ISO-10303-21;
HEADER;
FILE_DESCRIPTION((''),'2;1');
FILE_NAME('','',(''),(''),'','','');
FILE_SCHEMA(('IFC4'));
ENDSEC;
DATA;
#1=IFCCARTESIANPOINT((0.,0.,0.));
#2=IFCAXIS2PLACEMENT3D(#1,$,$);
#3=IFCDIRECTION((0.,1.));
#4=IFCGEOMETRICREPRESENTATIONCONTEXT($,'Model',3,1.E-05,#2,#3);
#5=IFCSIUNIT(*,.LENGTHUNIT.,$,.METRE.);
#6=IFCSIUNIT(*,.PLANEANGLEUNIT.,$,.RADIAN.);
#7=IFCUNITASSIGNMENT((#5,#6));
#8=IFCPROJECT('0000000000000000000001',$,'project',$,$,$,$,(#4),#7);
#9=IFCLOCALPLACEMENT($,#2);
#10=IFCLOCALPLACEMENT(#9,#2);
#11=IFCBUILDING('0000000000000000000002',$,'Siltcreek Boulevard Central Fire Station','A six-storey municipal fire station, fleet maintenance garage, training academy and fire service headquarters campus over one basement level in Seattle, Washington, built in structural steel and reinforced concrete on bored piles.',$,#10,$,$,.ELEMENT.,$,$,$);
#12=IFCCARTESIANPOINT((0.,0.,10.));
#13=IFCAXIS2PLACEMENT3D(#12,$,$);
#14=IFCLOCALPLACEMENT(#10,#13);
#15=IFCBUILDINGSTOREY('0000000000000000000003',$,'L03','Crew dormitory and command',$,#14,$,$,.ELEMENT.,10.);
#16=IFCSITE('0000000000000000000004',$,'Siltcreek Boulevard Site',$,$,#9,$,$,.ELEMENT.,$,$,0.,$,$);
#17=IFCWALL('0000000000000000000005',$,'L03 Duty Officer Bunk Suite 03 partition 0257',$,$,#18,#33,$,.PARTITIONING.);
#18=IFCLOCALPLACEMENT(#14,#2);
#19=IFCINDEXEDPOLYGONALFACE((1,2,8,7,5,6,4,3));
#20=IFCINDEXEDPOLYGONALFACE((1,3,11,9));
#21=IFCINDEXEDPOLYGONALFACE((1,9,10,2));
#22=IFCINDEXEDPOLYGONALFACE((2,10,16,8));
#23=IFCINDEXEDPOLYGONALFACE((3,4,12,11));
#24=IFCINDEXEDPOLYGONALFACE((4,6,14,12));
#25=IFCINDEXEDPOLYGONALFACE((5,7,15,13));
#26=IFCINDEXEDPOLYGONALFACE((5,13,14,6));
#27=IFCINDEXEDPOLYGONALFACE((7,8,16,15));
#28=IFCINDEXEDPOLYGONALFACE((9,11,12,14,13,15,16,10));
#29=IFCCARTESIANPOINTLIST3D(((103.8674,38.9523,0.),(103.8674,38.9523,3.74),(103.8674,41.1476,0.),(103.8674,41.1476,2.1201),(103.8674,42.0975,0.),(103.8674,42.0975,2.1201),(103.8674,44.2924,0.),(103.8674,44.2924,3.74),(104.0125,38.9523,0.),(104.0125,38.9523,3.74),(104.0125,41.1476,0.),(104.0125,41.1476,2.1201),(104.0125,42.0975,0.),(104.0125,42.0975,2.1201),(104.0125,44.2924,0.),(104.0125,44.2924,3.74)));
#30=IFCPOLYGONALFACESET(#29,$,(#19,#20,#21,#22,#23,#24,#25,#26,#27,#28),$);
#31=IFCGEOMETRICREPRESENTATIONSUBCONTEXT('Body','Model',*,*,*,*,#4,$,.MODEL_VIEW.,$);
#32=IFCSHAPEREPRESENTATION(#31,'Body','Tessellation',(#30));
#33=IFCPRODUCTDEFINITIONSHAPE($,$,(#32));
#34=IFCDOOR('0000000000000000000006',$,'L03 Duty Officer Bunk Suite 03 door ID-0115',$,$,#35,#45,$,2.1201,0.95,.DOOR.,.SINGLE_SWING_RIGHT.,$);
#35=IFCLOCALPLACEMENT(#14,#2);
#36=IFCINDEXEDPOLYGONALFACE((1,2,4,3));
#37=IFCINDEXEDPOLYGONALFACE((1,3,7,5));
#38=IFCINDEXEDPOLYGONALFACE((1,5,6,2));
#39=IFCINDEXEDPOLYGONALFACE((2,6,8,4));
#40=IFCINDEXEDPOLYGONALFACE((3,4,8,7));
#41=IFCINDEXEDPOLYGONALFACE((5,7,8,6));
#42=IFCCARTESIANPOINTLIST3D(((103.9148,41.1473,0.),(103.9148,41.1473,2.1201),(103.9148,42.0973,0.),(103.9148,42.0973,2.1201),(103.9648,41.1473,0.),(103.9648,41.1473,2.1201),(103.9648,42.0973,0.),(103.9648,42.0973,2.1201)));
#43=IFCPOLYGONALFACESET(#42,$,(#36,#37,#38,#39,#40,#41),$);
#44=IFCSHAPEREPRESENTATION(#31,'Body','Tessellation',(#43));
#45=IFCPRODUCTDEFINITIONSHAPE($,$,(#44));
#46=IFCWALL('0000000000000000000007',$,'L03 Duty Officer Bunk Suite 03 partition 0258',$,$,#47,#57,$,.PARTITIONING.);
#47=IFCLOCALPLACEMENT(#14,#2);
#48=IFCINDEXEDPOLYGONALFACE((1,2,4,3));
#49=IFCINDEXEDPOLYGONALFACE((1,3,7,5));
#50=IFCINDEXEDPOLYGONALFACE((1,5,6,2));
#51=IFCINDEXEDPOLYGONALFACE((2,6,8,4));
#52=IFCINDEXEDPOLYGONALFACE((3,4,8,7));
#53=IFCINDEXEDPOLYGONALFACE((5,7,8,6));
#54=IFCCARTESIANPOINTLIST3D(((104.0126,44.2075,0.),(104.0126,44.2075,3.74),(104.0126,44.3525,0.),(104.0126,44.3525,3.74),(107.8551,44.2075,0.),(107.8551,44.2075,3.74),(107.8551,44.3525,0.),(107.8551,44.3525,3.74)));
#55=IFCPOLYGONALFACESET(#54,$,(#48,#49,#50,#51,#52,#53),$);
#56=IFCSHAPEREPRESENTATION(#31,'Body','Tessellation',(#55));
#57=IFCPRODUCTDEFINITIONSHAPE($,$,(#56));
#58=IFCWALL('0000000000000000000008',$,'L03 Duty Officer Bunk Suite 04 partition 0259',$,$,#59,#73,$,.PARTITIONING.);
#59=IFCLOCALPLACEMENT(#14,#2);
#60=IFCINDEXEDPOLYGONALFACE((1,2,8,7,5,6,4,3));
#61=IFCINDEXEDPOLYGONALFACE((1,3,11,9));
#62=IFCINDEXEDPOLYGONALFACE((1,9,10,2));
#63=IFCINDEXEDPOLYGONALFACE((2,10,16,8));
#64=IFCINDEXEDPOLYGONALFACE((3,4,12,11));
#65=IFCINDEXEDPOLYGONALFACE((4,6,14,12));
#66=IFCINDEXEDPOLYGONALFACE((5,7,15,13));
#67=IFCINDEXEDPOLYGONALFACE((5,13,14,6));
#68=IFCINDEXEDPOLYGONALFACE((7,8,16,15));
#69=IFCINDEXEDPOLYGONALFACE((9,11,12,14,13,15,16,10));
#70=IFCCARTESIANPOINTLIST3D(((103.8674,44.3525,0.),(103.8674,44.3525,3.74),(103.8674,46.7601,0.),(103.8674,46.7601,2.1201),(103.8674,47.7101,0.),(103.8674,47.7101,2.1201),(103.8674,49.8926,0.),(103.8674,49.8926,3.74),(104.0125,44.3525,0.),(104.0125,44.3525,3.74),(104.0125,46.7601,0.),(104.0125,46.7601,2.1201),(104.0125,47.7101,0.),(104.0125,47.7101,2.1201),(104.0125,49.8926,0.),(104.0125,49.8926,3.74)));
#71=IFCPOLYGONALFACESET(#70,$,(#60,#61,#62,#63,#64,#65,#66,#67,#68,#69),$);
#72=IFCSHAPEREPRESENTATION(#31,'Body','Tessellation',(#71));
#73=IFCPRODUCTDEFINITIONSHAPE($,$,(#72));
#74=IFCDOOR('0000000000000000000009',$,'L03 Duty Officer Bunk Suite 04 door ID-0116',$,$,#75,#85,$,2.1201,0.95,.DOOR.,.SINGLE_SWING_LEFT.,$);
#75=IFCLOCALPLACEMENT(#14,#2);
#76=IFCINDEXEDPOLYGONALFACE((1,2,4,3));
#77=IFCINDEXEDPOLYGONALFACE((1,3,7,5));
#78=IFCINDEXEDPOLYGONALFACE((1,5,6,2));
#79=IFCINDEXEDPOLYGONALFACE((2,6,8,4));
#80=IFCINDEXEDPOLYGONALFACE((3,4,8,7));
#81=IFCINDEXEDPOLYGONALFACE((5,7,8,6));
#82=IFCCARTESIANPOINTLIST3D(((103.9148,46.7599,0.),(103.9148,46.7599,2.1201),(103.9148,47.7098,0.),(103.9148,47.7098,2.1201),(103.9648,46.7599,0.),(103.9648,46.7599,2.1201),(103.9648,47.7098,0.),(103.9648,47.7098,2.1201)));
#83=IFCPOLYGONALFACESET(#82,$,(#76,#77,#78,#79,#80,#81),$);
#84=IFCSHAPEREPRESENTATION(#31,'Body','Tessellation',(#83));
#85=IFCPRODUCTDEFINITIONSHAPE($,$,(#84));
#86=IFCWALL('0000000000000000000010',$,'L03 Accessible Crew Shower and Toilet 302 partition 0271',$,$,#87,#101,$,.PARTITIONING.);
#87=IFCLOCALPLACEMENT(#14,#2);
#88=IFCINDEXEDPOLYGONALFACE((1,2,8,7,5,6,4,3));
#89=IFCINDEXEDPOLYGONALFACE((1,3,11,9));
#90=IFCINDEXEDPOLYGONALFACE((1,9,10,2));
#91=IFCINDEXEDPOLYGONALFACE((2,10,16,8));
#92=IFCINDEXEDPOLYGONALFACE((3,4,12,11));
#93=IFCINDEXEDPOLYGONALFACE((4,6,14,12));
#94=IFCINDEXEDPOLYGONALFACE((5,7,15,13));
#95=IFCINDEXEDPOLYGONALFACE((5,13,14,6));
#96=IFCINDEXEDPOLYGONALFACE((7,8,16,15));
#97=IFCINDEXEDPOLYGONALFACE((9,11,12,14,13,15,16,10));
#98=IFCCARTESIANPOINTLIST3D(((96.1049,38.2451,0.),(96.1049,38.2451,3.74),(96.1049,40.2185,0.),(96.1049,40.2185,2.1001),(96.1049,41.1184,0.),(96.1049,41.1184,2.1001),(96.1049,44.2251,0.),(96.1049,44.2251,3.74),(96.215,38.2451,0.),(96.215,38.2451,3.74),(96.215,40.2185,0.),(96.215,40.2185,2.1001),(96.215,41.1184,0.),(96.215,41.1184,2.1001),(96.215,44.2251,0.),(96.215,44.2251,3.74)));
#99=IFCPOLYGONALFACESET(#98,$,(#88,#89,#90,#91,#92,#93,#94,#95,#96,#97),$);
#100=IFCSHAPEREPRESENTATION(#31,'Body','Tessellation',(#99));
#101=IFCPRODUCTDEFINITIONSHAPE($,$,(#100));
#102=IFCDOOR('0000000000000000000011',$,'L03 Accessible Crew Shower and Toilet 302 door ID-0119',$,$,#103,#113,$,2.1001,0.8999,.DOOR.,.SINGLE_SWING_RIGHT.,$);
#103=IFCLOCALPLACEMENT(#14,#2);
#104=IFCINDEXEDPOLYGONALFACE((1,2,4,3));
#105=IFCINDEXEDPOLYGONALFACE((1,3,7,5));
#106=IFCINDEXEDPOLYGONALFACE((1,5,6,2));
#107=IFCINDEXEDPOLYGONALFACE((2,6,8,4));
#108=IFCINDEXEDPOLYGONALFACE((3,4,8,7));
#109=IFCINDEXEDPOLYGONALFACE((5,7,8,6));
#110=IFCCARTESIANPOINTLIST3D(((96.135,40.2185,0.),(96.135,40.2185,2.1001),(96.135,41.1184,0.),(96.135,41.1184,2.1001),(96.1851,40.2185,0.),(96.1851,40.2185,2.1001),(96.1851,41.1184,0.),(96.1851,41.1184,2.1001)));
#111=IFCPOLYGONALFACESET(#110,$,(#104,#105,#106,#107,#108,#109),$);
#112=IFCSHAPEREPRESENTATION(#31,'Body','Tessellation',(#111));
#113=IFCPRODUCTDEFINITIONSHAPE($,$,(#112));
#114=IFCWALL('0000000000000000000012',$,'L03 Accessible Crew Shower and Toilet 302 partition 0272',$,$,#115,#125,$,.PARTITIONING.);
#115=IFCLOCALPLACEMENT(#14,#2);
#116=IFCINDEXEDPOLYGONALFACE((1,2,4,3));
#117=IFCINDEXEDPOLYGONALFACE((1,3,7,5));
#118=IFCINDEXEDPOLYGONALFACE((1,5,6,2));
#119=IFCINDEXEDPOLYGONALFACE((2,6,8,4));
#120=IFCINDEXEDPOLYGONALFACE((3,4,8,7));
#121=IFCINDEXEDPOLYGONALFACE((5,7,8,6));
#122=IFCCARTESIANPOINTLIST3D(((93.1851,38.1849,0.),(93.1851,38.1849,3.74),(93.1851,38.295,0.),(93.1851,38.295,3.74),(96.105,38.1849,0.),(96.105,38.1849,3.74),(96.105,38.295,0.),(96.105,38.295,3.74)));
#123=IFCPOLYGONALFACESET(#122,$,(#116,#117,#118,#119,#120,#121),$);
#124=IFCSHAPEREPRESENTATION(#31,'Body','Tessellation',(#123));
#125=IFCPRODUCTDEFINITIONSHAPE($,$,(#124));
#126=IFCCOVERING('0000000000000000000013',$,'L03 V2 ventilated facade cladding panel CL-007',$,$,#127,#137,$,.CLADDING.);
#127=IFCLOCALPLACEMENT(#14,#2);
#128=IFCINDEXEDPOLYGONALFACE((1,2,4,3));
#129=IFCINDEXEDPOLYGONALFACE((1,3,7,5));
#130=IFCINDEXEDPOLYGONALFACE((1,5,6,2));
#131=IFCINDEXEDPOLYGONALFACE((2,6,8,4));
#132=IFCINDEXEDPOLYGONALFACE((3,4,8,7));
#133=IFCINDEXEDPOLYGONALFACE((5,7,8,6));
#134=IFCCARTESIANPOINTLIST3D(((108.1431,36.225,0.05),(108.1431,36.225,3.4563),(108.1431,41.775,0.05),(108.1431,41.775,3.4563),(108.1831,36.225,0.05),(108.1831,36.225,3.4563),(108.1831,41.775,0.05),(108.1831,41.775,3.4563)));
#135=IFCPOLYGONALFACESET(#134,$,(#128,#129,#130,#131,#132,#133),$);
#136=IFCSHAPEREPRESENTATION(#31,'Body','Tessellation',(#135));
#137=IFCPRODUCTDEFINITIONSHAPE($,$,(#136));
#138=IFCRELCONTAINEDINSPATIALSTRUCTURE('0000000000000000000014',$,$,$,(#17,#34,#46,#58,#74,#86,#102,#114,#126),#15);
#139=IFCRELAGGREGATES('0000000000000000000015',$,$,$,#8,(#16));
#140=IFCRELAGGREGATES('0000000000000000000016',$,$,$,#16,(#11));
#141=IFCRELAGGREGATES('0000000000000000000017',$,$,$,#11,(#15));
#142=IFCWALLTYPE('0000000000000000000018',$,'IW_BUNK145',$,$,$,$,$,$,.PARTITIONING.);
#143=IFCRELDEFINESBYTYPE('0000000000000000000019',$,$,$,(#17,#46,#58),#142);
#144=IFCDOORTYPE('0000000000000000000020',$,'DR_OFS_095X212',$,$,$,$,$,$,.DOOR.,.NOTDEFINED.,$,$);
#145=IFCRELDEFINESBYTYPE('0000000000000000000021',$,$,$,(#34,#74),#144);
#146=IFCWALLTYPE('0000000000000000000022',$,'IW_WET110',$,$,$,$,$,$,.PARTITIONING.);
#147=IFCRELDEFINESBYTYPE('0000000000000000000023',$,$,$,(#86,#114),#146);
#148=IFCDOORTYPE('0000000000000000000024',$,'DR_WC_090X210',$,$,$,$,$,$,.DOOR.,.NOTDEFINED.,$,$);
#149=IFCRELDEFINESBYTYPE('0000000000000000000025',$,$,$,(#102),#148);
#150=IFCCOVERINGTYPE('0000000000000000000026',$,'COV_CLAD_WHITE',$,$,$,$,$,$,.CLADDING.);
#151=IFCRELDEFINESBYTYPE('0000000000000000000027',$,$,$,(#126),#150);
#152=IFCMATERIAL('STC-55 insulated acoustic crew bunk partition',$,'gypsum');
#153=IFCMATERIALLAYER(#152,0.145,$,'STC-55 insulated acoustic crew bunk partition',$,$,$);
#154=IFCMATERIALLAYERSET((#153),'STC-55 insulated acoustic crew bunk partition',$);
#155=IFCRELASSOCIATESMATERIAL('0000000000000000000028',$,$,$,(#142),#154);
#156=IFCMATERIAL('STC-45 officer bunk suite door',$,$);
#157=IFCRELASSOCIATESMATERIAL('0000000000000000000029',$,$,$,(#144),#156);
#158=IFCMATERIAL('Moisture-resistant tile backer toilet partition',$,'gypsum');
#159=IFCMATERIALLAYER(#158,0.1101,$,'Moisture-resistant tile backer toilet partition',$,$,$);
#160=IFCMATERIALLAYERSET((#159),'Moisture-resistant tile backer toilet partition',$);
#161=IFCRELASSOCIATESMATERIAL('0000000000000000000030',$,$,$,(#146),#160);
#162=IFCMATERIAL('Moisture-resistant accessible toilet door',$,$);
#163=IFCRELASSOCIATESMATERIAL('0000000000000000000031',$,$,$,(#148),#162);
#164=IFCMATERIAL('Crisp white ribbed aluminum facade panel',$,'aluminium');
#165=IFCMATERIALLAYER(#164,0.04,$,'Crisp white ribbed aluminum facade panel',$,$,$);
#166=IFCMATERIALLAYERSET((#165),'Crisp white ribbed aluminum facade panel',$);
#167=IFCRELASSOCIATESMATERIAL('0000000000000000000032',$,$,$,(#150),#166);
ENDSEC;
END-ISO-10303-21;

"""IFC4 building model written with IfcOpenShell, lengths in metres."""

from ifc_helpers import new_model, si_unit, direction, frame, frame_2d, origin, origin_2d, place, context, subcontext, project, spatial, rectangle, extrude, material, layer, layer_set, type_object, element, fill, save


model = new_model("IFC4")

# Units and contexts
model_context = context("Model", 3, precision=1e-05, world=origin(), true_north=direction((0.0, 1.0)))
body_context = subcontext(model_context, "Body", "Model", "MODEL_VIEW")
ifc_project = project(units=[si_unit("LENGTHUNIT", "METRE"), si_unit("PLANEANGLEUNIT", "RADIAN")], contexts=[model_context])

# Site, building, storey
site_placement = place(None, origin())
site = spatial("IfcSite", under=ifc_project, at=site_placement, Name="Siltcreek Boulevard Site", CompositionType="ELEMENT", RefElevation=0.0)
building_placement = place(site_placement, origin())
building = spatial("IfcBuilding", under=site, at=building_placement, Name="Siltcreek Boulevard Central Fire Station", Description="A six-storey municipal fire station, fleet maintenance garage, training academy and fire service headquarters campus over one basement level in Seattle, Washington, built in structural steel and reinforced concrete on bored piles.", CompositionType="ELEMENT")
storey_placement = place(building_placement, frame((0.0, 0.0, 10.0)))
storey = spatial("IfcBuildingStorey", under=building, at=storey_placement, Name="L03", Description="Crew dormitory and command", CompositionType="ELEMENT", Elevation=10.0)

# Shared definitions
ifc_material_1 = material(Name="STC-55 insulated acoustic crew bunk partition", Category="gypsum")
ifc_layer_1 = layer(ifc_material_1, 0.145, Name="STC-55 insulated acoustic crew bunk partition")
ifc_layer_set_1 = layer_set([ifc_layer_1], Name="STC-55 insulated acoustic crew bunk partition")
wall_type_1 = type_object("IfcWallType", Name="IW_BUNK145", PredefinedType="PARTITIONING", material=ifc_layer_set_1)

# Wall, opening, door
wall_1_placement = place(storey_placement, frame((103.9399, 38.9524, 0.0), z_axis=(0.0, 0.0, 1.0), x_axis=(0.0, 1.0, 0.0)))
wall_1 = element("IfcWall", 1, at=wall_1_placement, inside=storey, type_object=wall_type_1, Name="L03 Duty Officer Bunk Suite 03 partition 0257", PredefinedType="PARTITIONING", context=body_context, shape_type="SweptSolid", body=[
    extrude(rectangle(XDim=5.3401, YDim=0.145, at=frame_2d((2.6699, 0.0))), origin(), (0.0, 0.0, 1.0), 3.74),
])
opening_1_placement = place(wall_1_placement, frame((2.1951, 0.0, 0.0)))
opening_1 = element("IfcOpeningElement", 2, at=opening_1_placement, cuts=wall_1, PredefinedType="OPENING", context=body_context, shape_type="SweptSolid", body=[
    extrude(rectangle(XDim=0.95, YDim=2.1201, at=frame_2d((0.4751, 1.0601))), frame((0.0, 0.0825, 0.0), z_axis=(0.0, -1.0, 0.0), x_axis=(1.0, 0.0, 0.0)), (0.0, 0.0, 1.0), 0.165),
])
ifc_material_2 = material(Name="STC-45 officer bunk suite door")
door_type_1 = type_object("IfcDoorType", Name="DR_OFS_095X212", OperationType="NOTDEFINED", PredefinedType="DOOR", material=ifc_material_2)
door_1_placement = place(opening_1_placement, frame((0.95, 0.0, 0.0), z_axis=(0.0, 0.0, 1.0), x_axis=(-1.0, 0.0, 0.0)))
door_1 = element("IfcDoor", 3, at=door_1_placement, inside=storey, type_object=door_type_1, Name="L03 Duty Officer Bunk Suite 03 door ID-0115", OperationType="SINGLE_SWING_RIGHT", OverallHeight=2.1201, OverallWidth=0.95, PredefinedType="DOOR", context=body_context, shape_type="SweptSolid", body=[
    extrude(rectangle(XDim=0.95, YDim=2.1201, at=frame_2d((0.4751, 1.0601))), frame((0.0, 0.0249, 0.0), z_axis=(0.0, -1.0, 0.0), x_axis=(1.0, 0.0, 0.0)), (0.0, 0.0, 1.0), 0.05),
])
fill(opening_1, door_1)

# Wall
wall_2_placement = place(storey_placement, frame((104.0125, 44.28, 0.0), z_axis=(0.0, 0.0, 1.0), x_axis=(1.0, 0.0, 0.0)))
element("IfcWall", 4, at=wall_2_placement, inside=storey, type_object=wall_type_1, Name="L03 Duty Officer Bunk Suite 03 partition 0258", PredefinedType="PARTITIONING", context=body_context, shape_type="SweptSolid", body=[
    extrude(rectangle(XDim=3.8425, YDim=0.145, at=frame_2d((1.9214, 0.0))), origin(), (0.0, 0.0, 1.0), 3.74),
])

# Walls, openings, doors
wall_3_placement = place(storey_placement, frame((103.9399, 44.3525, 0.0), z_axis=(0.0, 0.0, 1.0), x_axis=(0.0, 1.0, 0.0)))
wall_3 = element("IfcWall", 5, at=wall_3_placement, inside=storey, type_object=wall_type_1, Name="L03 Duty Officer Bunk Suite 04 partition 0259", PredefinedType="PARTITIONING", context=body_context, shape_type="SweptSolid", body=[
    extrude(rectangle(XDim=5.54, YDim=0.145, at=frame_2d((2.77, 0.0))), origin(), (0.0, 0.0, 1.0), 3.74),
])
opening_2_placement = place(wall_3_placement, frame((2.4075, 0.0, 0.0)))
opening_2 = element("IfcOpeningElement", 6, at=opening_2_placement, cuts=wall_3, PredefinedType="OPENING", context=body_context, shape_type="SweptSolid", body=[
    extrude(rectangle(XDim=0.95, YDim=2.1201, at=frame_2d((0.4751, 1.0601))), frame((0.0, 0.0825, 0.0), z_axis=(0.0, -1.0, 0.0), x_axis=(1.0, 0.0, 0.0)), (0.0, 0.0, 1.0), 0.165),
])
door_2_placement = place(opening_2_placement, frame((0.95, 0.0, 0.0), z_axis=(0.0, 0.0, 1.0), x_axis=(-1.0, 0.0, 0.0)))
door_2 = element("IfcDoor", 7, at=door_2_placement, inside=storey, type_object=door_type_1, Name="L03 Duty Officer Bunk Suite 04 door ID-0116", OperationType="SINGLE_SWING_LEFT", OverallHeight=2.1201, OverallWidth=0.95, PredefinedType="DOOR", context=body_context, shape_type="SweptSolid", body=[
    extrude(rectangle(XDim=0.95, YDim=2.1201, at=frame_2d((0.4751, 1.0601))), frame((0.0, 0.0249, 0.0), z_axis=(0.0, -1.0, 0.0), x_axis=(1.0, 0.0, 0.0)), (0.0, 0.0, 1.0), 0.05),
])
fill(opening_2, door_2)
ifc_material_3 = material(Name="Moisture-resistant tile backer toilet partition", Category="gypsum")
ifc_layer_2 = layer(ifc_material_3, 0.1101, Name="Moisture-resistant tile backer toilet partition")
ifc_layer_set_2 = layer_set([ifc_layer_2], Name="Moisture-resistant tile backer toilet partition")
wall_type_2 = type_object("IfcWallType", Name="IW_WET110", PredefinedType="PARTITIONING", material=ifc_layer_set_2)
wall_4_placement = place(storey_placement, frame((96.1599, 44.2251, 0.0), z_axis=(0.0, 0.0, 1.0), x_axis=(0.0, -1.0, 0.0)))
wall_4 = element("IfcWall", 8, at=wall_4_placement, inside=storey, type_object=wall_type_2, Name="L03 Accessible Crew Shower and Toilet 302 partition 0271", PredefinedType="PARTITIONING", context=body_context, shape_type="SweptSolid", body=[
    extrude(rectangle(XDim=5.98, YDim=0.1101, at=frame_2d((2.99, 0.0))), origin(), (0.0, 0.0, 1.0), 3.74),
])
opening_3_placement = place(wall_4_placement, frame((3.1067, 0.0, 0.0)))
opening_3 = element("IfcOpeningElement", 9, at=opening_3_placement, cuts=wall_4, PredefinedType="OPENING", context=body_context, shape_type="SweptSolid", body=[
    extrude(rectangle(XDim=0.8999, YDim=2.1001, at=frame_2d((0.45, 1.05))), frame((0.0, 0.0649, 0.0), z_axis=(0.0, -1.0, 0.0), x_axis=(1.0, 0.0, 0.0)), (0.0, 0.0, 1.0), 0.1301),
])
ifc_material_4 = material(Name="Moisture-resistant accessible toilet door")
door_type_2 = type_object("IfcDoorType", Name="DR_WC_090X210", OperationType="NOTDEFINED", PredefinedType="DOOR", material=ifc_material_4)
door_3_placement = place(opening_3_placement, frame((0.8999, 0.0, 0.0), z_axis=(0.0, 0.0, 1.0), x_axis=(-1.0, 0.0, 0.0)))
door_3 = element("IfcDoor", 10, at=door_3_placement, inside=storey, type_object=door_type_2, Name="L03 Accessible Crew Shower and Toilet 302 door ID-0119", OperationType="SINGLE_SWING_RIGHT", OverallHeight=2.1001, OverallWidth=0.8999, PredefinedType="DOOR", context=body_context, shape_type="SweptSolid", body=[
    extrude(rectangle(XDim=0.8999, YDim=2.1001, at=frame_2d((0.45, 1.05))), frame((0.0, 0.0249, 0.0), z_axis=(0.0, -1.0, 0.0), x_axis=(1.0, 0.0, 0.0)), (0.0, 0.0, 1.0), 0.05),
])
fill(opening_3, door_3)

# Wall
wall_5_placement = place(storey_placement, frame((96.105, 38.24, 0.0), z_axis=(0.0, 0.0, 1.0), x_axis=(-1.0, 0.0, 0.0)))
element("IfcWall", 11, at=wall_5_placement, inside=storey, type_object=wall_type_2, Name="L03 Accessible Crew Shower and Toilet 302 partition 0272", PredefinedType="PARTITIONING", context=body_context, shape_type="SweptSolid", body=[
    extrude(rectangle(XDim=2.9199, YDim=0.1101, at=frame_2d((1.46, 0.0))), origin(), (0.0, 0.0, 1.0), 3.74),
])

# Covering
ifc_material_5 = material(Name="Crisp white ribbed aluminum facade panel", Category="aluminium")
ifc_layer_3 = layer(ifc_material_5, 0.04, Name="Crisp white ribbed aluminum facade panel")
ifc_layer_set_3 = layer_set([ifc_layer_3], Name="Crisp white ribbed aluminum facade panel")
covering_type = type_object("IfcCoveringType", Name="COV_CLAD_WHITE", PredefinedType="CLADDING", material=ifc_layer_set_3)
covering_placement = place(storey_placement, frame((108.1631, 39.0, 0.05), z_axis=(0.0, 0.0, 1.0), x_axis=(0.0, 1.0, 0.0)))
element("IfcCovering", 12, at=covering_placement, inside=storey, type_object=covering_type, Name="L03 V2 ventilated facade cladding panel CL-007", PredefinedType="CLADDING", context=body_context, shape_type="SweptSolid", body=[
    extrude(rectangle(XDim=5.55, YDim=0.04, at=origin_2d()), origin(), (0.0, 0.0, 1.0), 3.4062),
])

save(model, "model.ifc")
